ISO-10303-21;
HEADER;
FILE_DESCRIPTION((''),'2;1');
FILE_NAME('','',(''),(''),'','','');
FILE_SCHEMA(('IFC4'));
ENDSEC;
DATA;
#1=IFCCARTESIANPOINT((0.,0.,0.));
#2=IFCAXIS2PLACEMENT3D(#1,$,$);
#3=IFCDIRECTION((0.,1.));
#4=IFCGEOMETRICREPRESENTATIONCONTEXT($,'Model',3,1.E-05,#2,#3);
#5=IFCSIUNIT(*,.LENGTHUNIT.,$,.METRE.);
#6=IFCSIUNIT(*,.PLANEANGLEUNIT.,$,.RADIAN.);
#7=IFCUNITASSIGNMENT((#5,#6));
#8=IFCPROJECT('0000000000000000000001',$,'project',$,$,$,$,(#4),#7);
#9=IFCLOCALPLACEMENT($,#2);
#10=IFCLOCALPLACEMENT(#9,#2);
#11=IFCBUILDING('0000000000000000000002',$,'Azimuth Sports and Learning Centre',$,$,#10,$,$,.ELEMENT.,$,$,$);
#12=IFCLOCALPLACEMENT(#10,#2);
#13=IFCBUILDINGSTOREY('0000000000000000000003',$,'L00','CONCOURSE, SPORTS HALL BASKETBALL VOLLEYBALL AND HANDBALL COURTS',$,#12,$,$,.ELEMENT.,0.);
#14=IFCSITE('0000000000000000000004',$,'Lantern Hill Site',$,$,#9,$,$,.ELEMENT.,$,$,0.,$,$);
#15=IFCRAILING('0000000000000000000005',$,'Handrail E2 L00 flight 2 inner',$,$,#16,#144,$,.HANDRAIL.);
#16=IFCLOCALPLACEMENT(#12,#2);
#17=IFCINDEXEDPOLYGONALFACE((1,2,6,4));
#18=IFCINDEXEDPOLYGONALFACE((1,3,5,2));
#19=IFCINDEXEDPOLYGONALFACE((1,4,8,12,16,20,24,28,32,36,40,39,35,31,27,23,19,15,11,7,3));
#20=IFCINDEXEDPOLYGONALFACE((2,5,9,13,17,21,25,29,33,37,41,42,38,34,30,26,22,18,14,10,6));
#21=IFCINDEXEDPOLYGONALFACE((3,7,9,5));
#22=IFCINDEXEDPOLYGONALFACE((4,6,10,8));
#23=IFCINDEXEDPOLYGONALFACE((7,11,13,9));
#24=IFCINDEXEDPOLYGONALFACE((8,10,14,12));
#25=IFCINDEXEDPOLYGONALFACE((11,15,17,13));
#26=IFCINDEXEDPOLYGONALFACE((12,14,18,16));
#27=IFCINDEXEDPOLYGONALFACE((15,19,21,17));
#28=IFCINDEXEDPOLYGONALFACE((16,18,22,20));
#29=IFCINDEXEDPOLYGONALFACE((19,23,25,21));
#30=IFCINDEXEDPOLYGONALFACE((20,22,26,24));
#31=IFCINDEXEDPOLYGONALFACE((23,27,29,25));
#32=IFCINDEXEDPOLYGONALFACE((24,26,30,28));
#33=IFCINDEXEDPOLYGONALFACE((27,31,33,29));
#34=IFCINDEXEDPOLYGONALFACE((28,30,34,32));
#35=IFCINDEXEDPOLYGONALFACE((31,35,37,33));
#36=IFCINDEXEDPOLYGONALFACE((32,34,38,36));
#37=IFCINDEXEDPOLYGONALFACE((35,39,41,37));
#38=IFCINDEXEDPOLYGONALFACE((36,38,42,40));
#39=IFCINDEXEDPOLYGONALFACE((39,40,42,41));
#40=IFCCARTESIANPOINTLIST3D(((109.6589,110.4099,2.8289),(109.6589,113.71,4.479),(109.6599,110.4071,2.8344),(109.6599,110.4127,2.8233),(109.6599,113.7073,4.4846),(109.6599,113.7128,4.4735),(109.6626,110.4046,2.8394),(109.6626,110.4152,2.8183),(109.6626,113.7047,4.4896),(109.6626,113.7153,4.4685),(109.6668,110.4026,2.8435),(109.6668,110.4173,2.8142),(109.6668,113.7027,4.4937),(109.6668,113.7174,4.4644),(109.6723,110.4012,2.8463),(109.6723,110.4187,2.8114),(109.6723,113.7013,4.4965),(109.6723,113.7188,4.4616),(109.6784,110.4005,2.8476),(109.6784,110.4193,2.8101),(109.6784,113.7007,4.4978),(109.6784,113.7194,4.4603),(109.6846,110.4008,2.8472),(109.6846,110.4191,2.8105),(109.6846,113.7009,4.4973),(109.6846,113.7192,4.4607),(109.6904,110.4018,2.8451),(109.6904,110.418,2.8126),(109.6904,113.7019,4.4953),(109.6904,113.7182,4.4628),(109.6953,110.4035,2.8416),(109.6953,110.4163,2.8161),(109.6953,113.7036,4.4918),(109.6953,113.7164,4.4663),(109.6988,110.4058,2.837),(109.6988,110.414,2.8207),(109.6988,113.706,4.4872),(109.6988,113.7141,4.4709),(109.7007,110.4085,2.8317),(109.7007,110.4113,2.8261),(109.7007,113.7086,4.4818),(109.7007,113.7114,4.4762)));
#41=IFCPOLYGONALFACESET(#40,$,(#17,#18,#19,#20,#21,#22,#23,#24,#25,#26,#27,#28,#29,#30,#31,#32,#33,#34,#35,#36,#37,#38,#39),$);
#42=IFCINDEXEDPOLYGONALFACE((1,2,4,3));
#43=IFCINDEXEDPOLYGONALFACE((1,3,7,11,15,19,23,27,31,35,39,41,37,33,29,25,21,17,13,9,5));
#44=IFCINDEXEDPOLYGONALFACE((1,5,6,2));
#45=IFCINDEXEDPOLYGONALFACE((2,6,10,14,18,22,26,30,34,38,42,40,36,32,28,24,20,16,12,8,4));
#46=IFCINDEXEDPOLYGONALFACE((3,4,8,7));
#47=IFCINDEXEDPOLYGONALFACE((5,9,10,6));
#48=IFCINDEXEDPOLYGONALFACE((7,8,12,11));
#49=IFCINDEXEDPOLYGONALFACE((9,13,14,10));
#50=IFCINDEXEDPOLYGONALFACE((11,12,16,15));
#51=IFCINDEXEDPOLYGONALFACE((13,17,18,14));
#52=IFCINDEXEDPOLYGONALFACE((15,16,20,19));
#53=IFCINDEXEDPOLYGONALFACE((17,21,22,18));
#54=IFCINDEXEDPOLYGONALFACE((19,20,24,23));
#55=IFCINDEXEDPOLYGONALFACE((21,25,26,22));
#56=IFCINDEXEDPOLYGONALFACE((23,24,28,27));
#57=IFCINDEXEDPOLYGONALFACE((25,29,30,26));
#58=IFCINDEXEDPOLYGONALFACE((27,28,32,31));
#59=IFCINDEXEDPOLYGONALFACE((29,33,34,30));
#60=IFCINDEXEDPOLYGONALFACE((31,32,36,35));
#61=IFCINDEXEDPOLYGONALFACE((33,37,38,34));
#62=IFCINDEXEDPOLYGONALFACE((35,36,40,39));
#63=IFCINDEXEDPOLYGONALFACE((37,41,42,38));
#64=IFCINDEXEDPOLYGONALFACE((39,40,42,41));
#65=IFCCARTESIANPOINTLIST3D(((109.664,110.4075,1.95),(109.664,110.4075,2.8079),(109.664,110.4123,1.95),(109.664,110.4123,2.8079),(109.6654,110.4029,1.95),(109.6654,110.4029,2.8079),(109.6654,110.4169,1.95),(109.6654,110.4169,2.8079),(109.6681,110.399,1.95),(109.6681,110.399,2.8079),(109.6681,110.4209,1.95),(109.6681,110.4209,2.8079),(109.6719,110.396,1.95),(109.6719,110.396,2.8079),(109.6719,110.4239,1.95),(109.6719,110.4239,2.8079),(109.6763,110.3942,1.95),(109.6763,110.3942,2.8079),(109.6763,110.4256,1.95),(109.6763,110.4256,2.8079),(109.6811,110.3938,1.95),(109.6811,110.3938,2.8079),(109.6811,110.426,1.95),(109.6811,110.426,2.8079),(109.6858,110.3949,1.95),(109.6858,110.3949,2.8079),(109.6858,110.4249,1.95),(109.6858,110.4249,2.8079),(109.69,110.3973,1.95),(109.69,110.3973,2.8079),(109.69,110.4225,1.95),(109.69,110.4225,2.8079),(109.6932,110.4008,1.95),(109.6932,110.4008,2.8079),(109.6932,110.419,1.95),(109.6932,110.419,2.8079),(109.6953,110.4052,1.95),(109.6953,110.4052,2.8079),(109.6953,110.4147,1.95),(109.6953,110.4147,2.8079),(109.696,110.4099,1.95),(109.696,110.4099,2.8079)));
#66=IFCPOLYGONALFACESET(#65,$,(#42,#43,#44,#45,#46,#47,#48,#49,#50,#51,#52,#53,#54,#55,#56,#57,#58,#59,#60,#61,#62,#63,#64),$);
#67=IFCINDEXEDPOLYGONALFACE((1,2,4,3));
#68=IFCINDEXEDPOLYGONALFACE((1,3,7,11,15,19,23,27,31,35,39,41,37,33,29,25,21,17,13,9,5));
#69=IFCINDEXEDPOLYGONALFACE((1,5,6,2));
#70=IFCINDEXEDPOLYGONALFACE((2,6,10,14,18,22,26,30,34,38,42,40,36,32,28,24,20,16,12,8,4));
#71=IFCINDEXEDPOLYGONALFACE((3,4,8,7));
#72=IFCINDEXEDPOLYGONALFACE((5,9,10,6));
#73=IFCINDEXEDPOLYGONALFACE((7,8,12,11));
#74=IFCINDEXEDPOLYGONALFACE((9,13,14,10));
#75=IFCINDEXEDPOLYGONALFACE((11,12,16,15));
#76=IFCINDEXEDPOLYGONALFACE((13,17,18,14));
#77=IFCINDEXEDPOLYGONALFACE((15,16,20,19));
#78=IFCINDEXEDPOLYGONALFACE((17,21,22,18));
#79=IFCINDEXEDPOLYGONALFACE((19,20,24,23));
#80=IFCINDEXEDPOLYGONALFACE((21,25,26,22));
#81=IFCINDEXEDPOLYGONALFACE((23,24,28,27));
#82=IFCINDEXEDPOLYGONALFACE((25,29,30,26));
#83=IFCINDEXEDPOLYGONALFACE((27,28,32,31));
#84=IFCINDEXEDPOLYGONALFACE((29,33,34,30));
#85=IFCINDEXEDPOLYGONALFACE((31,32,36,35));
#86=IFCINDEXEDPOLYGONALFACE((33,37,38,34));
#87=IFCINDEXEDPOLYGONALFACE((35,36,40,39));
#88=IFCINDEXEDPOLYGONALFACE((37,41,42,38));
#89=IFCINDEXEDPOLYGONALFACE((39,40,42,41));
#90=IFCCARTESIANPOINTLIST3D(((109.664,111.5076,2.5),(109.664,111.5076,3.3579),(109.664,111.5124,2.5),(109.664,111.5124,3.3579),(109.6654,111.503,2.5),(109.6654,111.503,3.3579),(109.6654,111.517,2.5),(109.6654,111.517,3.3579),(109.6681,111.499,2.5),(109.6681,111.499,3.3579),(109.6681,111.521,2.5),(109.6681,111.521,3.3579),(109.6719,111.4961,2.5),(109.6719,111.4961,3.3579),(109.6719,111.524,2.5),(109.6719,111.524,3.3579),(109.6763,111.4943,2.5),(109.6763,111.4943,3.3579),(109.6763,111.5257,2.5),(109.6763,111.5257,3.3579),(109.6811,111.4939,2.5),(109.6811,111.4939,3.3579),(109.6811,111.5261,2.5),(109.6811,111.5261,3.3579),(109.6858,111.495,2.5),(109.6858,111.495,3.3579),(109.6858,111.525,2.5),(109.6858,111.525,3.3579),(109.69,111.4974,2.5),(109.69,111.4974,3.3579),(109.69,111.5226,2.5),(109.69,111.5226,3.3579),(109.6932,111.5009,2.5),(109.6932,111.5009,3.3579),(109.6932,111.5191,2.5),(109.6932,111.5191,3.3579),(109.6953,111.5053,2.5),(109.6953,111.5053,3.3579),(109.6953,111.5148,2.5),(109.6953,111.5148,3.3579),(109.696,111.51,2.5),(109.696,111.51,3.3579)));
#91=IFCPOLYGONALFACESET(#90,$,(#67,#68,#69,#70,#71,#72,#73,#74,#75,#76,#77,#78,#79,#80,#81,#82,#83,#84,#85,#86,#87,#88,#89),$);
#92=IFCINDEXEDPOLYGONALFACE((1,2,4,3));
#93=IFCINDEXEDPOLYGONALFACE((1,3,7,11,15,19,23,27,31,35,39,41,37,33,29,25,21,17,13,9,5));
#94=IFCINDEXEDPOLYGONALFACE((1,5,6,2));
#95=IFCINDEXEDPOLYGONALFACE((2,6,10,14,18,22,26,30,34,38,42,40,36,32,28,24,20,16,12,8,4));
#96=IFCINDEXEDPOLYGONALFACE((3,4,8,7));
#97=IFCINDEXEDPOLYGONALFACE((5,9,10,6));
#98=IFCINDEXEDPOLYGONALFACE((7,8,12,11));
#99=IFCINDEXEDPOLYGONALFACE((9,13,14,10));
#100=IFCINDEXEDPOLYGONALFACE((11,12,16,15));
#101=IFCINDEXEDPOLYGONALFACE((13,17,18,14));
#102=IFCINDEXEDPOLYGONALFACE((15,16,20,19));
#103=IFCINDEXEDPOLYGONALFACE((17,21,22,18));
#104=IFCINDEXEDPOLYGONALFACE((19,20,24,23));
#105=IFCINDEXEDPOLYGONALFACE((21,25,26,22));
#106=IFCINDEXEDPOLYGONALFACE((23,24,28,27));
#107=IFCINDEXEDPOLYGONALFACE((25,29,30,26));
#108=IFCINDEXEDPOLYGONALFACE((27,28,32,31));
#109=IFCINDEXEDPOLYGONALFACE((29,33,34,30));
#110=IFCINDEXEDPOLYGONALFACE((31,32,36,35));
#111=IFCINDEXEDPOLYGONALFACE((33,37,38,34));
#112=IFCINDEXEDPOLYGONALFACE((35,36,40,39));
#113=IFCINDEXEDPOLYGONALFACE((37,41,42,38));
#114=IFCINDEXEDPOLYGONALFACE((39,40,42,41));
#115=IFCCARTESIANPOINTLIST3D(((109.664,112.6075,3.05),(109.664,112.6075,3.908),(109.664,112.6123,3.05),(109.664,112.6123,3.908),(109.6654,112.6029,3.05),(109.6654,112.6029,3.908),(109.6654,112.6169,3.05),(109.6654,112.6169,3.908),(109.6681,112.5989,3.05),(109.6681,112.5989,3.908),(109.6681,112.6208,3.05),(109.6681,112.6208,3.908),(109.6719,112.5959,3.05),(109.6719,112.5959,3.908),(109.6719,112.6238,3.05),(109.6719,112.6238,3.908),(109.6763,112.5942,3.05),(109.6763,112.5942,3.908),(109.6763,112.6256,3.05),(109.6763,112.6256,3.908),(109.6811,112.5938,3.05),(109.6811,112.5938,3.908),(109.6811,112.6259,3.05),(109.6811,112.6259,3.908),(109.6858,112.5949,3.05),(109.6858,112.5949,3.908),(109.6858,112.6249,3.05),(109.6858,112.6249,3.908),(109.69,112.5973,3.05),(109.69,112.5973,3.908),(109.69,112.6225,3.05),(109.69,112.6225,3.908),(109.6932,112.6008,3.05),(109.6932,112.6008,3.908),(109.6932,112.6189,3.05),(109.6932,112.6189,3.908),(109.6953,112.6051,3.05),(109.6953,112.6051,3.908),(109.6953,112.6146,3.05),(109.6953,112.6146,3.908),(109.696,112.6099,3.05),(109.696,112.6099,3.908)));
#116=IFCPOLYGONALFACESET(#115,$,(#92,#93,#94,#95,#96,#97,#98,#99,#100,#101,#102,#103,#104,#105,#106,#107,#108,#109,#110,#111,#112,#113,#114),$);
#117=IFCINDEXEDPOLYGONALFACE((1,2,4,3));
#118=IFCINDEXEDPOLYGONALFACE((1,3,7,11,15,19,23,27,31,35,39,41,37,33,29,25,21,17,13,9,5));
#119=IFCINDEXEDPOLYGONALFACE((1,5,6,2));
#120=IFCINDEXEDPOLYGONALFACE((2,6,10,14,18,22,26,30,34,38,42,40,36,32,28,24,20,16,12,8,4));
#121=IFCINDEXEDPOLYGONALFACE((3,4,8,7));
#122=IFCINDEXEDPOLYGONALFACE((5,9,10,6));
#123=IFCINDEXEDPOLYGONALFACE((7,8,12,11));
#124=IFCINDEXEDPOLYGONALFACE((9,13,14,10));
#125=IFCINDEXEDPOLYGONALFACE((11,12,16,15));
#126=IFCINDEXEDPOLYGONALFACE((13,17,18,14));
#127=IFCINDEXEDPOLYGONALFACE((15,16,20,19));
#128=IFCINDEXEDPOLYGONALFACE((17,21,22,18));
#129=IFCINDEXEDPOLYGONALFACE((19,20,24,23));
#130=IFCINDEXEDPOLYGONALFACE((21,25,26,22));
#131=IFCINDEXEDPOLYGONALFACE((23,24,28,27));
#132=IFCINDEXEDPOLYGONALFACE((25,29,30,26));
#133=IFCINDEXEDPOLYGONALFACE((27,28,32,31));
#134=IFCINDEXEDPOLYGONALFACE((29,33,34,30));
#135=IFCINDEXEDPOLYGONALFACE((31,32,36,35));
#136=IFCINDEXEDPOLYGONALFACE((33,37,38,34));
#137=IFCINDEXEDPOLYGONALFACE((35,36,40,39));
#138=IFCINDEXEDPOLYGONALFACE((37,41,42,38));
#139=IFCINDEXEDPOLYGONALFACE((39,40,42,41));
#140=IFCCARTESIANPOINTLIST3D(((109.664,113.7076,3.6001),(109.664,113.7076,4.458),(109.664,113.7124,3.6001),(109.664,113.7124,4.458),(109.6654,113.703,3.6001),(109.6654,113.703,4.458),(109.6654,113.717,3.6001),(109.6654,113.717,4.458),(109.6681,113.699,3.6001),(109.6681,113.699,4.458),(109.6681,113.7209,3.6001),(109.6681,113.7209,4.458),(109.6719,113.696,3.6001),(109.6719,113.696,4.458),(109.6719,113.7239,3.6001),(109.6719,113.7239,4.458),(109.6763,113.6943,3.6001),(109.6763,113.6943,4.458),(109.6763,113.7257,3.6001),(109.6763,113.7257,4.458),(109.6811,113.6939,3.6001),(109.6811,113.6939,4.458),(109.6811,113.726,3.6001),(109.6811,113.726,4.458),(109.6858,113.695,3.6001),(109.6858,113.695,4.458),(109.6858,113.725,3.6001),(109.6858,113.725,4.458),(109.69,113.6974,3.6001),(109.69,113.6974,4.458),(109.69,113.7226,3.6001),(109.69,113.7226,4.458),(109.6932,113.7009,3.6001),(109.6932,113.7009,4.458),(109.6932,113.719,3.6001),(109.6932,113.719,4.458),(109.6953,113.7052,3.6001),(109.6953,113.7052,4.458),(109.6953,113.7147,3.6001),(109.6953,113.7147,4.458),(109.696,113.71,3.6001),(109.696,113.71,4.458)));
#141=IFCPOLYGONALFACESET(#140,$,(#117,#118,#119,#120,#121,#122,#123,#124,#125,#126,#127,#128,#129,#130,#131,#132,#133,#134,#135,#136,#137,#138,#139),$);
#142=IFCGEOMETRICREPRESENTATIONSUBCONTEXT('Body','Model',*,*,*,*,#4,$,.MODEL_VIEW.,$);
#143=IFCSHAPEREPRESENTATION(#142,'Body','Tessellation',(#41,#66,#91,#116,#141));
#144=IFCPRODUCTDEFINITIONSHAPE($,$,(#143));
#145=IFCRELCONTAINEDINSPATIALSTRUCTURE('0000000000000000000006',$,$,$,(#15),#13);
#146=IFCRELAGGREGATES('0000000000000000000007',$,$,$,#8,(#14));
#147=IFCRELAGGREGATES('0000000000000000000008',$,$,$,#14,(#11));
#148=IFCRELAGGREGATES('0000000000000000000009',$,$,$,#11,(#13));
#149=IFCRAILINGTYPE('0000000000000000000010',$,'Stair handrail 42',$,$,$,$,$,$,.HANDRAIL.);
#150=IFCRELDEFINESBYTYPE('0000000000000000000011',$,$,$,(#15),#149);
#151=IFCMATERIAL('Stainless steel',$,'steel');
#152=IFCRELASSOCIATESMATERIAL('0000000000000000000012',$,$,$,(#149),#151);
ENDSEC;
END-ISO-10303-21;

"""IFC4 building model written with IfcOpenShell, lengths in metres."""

from ifc_helpers import new_model, si_unit, direction, frame, origin, origin_2d, place, context, subcontext, project, spatial, circle, extrude, material, type_object, element, save


model = new_model("IFC4")

# Units and contexts
model_context = context("Model", 3, precision=1e-05, world=origin(), true_north=direction((0.0, 1.0)))
body_context = subcontext(model_context, "Body", "Model", "MODEL_VIEW")
ifc_project = project(units=[si_unit("LENGTHUNIT", "METRE"), si_unit("PLANEANGLEUNIT", "RADIAN")], contexts=[model_context])

# Site, building, storey
site_placement = place(None, origin())
site = spatial("IfcSite", under=ifc_project, at=site_placement, Name="Lantern Hill Site", CompositionType="ELEMENT", RefElevation=0.0)
building_placement = place(site_placement, origin())
building = spatial("IfcBuilding", under=site, at=building_placement, Name="Azimuth Sports and Learning Centre", CompositionType="ELEMENT")
storey_placement = place(building_placement, origin())
storey = spatial("IfcBuildingStorey", under=building, at=storey_placement, Name="L00", Description="CONCOURSE, SPORTS HALL BASKETBALL VOLLEYBALL AND HANDBALL COURTS", CompositionType="ELEMENT", Elevation=0.0)

# Railing
ifc_material_1 = material(Name="Stainless steel", Category="steel")
railing_type_1 = type_object("IfcRailingType", Name="Stair handrail 42", PredefinedType="HANDRAIL", material=ifc_material_1)
railing_1_placement = place(storey_placement, frame((109.6799, 110.4099, 1.95)))
element("IfcRailing", 1, at=railing_1_placement, inside=storey, type_object=railing_type_1, Name="Handrail E2 L00 flight 2 inner", PredefinedType="HANDRAIL", context=body_context, shape_type="SweptSolid", body=[
    extrude(circle(Radius=0.021, at=origin_2d()), frame((0.0, 0.0, 0.8789), z_axis=(0.0, 0.894414, 0.44724), x_axis=(-1.0, 0.0, 0.0)), (0.0, 0.0, 1.0), 3.6897),
    extrude(circle(Radius=0.0161, at=origin_2d()), origin(), (0.0, 0.0, 1.0), 0.8579),
    extrude(circle(Radius=0.0161, at=origin_2d()), frame((0.0, 1.1001, 0.55)), (0.0, 0.0, 1.0), 0.8579),
    extrude(circle(Radius=0.0161, at=origin_2d()), frame((0.0, 2.2, 1.1001)), (0.0, 0.0, 1.0), 0.8579),
    extrude(circle(Radius=0.0161, at=origin_2d()), frame((0.0, 3.3, 1.6501)), (0.0, 0.0, 1.0), 0.8579),
])

save(model, "model.ifc")
